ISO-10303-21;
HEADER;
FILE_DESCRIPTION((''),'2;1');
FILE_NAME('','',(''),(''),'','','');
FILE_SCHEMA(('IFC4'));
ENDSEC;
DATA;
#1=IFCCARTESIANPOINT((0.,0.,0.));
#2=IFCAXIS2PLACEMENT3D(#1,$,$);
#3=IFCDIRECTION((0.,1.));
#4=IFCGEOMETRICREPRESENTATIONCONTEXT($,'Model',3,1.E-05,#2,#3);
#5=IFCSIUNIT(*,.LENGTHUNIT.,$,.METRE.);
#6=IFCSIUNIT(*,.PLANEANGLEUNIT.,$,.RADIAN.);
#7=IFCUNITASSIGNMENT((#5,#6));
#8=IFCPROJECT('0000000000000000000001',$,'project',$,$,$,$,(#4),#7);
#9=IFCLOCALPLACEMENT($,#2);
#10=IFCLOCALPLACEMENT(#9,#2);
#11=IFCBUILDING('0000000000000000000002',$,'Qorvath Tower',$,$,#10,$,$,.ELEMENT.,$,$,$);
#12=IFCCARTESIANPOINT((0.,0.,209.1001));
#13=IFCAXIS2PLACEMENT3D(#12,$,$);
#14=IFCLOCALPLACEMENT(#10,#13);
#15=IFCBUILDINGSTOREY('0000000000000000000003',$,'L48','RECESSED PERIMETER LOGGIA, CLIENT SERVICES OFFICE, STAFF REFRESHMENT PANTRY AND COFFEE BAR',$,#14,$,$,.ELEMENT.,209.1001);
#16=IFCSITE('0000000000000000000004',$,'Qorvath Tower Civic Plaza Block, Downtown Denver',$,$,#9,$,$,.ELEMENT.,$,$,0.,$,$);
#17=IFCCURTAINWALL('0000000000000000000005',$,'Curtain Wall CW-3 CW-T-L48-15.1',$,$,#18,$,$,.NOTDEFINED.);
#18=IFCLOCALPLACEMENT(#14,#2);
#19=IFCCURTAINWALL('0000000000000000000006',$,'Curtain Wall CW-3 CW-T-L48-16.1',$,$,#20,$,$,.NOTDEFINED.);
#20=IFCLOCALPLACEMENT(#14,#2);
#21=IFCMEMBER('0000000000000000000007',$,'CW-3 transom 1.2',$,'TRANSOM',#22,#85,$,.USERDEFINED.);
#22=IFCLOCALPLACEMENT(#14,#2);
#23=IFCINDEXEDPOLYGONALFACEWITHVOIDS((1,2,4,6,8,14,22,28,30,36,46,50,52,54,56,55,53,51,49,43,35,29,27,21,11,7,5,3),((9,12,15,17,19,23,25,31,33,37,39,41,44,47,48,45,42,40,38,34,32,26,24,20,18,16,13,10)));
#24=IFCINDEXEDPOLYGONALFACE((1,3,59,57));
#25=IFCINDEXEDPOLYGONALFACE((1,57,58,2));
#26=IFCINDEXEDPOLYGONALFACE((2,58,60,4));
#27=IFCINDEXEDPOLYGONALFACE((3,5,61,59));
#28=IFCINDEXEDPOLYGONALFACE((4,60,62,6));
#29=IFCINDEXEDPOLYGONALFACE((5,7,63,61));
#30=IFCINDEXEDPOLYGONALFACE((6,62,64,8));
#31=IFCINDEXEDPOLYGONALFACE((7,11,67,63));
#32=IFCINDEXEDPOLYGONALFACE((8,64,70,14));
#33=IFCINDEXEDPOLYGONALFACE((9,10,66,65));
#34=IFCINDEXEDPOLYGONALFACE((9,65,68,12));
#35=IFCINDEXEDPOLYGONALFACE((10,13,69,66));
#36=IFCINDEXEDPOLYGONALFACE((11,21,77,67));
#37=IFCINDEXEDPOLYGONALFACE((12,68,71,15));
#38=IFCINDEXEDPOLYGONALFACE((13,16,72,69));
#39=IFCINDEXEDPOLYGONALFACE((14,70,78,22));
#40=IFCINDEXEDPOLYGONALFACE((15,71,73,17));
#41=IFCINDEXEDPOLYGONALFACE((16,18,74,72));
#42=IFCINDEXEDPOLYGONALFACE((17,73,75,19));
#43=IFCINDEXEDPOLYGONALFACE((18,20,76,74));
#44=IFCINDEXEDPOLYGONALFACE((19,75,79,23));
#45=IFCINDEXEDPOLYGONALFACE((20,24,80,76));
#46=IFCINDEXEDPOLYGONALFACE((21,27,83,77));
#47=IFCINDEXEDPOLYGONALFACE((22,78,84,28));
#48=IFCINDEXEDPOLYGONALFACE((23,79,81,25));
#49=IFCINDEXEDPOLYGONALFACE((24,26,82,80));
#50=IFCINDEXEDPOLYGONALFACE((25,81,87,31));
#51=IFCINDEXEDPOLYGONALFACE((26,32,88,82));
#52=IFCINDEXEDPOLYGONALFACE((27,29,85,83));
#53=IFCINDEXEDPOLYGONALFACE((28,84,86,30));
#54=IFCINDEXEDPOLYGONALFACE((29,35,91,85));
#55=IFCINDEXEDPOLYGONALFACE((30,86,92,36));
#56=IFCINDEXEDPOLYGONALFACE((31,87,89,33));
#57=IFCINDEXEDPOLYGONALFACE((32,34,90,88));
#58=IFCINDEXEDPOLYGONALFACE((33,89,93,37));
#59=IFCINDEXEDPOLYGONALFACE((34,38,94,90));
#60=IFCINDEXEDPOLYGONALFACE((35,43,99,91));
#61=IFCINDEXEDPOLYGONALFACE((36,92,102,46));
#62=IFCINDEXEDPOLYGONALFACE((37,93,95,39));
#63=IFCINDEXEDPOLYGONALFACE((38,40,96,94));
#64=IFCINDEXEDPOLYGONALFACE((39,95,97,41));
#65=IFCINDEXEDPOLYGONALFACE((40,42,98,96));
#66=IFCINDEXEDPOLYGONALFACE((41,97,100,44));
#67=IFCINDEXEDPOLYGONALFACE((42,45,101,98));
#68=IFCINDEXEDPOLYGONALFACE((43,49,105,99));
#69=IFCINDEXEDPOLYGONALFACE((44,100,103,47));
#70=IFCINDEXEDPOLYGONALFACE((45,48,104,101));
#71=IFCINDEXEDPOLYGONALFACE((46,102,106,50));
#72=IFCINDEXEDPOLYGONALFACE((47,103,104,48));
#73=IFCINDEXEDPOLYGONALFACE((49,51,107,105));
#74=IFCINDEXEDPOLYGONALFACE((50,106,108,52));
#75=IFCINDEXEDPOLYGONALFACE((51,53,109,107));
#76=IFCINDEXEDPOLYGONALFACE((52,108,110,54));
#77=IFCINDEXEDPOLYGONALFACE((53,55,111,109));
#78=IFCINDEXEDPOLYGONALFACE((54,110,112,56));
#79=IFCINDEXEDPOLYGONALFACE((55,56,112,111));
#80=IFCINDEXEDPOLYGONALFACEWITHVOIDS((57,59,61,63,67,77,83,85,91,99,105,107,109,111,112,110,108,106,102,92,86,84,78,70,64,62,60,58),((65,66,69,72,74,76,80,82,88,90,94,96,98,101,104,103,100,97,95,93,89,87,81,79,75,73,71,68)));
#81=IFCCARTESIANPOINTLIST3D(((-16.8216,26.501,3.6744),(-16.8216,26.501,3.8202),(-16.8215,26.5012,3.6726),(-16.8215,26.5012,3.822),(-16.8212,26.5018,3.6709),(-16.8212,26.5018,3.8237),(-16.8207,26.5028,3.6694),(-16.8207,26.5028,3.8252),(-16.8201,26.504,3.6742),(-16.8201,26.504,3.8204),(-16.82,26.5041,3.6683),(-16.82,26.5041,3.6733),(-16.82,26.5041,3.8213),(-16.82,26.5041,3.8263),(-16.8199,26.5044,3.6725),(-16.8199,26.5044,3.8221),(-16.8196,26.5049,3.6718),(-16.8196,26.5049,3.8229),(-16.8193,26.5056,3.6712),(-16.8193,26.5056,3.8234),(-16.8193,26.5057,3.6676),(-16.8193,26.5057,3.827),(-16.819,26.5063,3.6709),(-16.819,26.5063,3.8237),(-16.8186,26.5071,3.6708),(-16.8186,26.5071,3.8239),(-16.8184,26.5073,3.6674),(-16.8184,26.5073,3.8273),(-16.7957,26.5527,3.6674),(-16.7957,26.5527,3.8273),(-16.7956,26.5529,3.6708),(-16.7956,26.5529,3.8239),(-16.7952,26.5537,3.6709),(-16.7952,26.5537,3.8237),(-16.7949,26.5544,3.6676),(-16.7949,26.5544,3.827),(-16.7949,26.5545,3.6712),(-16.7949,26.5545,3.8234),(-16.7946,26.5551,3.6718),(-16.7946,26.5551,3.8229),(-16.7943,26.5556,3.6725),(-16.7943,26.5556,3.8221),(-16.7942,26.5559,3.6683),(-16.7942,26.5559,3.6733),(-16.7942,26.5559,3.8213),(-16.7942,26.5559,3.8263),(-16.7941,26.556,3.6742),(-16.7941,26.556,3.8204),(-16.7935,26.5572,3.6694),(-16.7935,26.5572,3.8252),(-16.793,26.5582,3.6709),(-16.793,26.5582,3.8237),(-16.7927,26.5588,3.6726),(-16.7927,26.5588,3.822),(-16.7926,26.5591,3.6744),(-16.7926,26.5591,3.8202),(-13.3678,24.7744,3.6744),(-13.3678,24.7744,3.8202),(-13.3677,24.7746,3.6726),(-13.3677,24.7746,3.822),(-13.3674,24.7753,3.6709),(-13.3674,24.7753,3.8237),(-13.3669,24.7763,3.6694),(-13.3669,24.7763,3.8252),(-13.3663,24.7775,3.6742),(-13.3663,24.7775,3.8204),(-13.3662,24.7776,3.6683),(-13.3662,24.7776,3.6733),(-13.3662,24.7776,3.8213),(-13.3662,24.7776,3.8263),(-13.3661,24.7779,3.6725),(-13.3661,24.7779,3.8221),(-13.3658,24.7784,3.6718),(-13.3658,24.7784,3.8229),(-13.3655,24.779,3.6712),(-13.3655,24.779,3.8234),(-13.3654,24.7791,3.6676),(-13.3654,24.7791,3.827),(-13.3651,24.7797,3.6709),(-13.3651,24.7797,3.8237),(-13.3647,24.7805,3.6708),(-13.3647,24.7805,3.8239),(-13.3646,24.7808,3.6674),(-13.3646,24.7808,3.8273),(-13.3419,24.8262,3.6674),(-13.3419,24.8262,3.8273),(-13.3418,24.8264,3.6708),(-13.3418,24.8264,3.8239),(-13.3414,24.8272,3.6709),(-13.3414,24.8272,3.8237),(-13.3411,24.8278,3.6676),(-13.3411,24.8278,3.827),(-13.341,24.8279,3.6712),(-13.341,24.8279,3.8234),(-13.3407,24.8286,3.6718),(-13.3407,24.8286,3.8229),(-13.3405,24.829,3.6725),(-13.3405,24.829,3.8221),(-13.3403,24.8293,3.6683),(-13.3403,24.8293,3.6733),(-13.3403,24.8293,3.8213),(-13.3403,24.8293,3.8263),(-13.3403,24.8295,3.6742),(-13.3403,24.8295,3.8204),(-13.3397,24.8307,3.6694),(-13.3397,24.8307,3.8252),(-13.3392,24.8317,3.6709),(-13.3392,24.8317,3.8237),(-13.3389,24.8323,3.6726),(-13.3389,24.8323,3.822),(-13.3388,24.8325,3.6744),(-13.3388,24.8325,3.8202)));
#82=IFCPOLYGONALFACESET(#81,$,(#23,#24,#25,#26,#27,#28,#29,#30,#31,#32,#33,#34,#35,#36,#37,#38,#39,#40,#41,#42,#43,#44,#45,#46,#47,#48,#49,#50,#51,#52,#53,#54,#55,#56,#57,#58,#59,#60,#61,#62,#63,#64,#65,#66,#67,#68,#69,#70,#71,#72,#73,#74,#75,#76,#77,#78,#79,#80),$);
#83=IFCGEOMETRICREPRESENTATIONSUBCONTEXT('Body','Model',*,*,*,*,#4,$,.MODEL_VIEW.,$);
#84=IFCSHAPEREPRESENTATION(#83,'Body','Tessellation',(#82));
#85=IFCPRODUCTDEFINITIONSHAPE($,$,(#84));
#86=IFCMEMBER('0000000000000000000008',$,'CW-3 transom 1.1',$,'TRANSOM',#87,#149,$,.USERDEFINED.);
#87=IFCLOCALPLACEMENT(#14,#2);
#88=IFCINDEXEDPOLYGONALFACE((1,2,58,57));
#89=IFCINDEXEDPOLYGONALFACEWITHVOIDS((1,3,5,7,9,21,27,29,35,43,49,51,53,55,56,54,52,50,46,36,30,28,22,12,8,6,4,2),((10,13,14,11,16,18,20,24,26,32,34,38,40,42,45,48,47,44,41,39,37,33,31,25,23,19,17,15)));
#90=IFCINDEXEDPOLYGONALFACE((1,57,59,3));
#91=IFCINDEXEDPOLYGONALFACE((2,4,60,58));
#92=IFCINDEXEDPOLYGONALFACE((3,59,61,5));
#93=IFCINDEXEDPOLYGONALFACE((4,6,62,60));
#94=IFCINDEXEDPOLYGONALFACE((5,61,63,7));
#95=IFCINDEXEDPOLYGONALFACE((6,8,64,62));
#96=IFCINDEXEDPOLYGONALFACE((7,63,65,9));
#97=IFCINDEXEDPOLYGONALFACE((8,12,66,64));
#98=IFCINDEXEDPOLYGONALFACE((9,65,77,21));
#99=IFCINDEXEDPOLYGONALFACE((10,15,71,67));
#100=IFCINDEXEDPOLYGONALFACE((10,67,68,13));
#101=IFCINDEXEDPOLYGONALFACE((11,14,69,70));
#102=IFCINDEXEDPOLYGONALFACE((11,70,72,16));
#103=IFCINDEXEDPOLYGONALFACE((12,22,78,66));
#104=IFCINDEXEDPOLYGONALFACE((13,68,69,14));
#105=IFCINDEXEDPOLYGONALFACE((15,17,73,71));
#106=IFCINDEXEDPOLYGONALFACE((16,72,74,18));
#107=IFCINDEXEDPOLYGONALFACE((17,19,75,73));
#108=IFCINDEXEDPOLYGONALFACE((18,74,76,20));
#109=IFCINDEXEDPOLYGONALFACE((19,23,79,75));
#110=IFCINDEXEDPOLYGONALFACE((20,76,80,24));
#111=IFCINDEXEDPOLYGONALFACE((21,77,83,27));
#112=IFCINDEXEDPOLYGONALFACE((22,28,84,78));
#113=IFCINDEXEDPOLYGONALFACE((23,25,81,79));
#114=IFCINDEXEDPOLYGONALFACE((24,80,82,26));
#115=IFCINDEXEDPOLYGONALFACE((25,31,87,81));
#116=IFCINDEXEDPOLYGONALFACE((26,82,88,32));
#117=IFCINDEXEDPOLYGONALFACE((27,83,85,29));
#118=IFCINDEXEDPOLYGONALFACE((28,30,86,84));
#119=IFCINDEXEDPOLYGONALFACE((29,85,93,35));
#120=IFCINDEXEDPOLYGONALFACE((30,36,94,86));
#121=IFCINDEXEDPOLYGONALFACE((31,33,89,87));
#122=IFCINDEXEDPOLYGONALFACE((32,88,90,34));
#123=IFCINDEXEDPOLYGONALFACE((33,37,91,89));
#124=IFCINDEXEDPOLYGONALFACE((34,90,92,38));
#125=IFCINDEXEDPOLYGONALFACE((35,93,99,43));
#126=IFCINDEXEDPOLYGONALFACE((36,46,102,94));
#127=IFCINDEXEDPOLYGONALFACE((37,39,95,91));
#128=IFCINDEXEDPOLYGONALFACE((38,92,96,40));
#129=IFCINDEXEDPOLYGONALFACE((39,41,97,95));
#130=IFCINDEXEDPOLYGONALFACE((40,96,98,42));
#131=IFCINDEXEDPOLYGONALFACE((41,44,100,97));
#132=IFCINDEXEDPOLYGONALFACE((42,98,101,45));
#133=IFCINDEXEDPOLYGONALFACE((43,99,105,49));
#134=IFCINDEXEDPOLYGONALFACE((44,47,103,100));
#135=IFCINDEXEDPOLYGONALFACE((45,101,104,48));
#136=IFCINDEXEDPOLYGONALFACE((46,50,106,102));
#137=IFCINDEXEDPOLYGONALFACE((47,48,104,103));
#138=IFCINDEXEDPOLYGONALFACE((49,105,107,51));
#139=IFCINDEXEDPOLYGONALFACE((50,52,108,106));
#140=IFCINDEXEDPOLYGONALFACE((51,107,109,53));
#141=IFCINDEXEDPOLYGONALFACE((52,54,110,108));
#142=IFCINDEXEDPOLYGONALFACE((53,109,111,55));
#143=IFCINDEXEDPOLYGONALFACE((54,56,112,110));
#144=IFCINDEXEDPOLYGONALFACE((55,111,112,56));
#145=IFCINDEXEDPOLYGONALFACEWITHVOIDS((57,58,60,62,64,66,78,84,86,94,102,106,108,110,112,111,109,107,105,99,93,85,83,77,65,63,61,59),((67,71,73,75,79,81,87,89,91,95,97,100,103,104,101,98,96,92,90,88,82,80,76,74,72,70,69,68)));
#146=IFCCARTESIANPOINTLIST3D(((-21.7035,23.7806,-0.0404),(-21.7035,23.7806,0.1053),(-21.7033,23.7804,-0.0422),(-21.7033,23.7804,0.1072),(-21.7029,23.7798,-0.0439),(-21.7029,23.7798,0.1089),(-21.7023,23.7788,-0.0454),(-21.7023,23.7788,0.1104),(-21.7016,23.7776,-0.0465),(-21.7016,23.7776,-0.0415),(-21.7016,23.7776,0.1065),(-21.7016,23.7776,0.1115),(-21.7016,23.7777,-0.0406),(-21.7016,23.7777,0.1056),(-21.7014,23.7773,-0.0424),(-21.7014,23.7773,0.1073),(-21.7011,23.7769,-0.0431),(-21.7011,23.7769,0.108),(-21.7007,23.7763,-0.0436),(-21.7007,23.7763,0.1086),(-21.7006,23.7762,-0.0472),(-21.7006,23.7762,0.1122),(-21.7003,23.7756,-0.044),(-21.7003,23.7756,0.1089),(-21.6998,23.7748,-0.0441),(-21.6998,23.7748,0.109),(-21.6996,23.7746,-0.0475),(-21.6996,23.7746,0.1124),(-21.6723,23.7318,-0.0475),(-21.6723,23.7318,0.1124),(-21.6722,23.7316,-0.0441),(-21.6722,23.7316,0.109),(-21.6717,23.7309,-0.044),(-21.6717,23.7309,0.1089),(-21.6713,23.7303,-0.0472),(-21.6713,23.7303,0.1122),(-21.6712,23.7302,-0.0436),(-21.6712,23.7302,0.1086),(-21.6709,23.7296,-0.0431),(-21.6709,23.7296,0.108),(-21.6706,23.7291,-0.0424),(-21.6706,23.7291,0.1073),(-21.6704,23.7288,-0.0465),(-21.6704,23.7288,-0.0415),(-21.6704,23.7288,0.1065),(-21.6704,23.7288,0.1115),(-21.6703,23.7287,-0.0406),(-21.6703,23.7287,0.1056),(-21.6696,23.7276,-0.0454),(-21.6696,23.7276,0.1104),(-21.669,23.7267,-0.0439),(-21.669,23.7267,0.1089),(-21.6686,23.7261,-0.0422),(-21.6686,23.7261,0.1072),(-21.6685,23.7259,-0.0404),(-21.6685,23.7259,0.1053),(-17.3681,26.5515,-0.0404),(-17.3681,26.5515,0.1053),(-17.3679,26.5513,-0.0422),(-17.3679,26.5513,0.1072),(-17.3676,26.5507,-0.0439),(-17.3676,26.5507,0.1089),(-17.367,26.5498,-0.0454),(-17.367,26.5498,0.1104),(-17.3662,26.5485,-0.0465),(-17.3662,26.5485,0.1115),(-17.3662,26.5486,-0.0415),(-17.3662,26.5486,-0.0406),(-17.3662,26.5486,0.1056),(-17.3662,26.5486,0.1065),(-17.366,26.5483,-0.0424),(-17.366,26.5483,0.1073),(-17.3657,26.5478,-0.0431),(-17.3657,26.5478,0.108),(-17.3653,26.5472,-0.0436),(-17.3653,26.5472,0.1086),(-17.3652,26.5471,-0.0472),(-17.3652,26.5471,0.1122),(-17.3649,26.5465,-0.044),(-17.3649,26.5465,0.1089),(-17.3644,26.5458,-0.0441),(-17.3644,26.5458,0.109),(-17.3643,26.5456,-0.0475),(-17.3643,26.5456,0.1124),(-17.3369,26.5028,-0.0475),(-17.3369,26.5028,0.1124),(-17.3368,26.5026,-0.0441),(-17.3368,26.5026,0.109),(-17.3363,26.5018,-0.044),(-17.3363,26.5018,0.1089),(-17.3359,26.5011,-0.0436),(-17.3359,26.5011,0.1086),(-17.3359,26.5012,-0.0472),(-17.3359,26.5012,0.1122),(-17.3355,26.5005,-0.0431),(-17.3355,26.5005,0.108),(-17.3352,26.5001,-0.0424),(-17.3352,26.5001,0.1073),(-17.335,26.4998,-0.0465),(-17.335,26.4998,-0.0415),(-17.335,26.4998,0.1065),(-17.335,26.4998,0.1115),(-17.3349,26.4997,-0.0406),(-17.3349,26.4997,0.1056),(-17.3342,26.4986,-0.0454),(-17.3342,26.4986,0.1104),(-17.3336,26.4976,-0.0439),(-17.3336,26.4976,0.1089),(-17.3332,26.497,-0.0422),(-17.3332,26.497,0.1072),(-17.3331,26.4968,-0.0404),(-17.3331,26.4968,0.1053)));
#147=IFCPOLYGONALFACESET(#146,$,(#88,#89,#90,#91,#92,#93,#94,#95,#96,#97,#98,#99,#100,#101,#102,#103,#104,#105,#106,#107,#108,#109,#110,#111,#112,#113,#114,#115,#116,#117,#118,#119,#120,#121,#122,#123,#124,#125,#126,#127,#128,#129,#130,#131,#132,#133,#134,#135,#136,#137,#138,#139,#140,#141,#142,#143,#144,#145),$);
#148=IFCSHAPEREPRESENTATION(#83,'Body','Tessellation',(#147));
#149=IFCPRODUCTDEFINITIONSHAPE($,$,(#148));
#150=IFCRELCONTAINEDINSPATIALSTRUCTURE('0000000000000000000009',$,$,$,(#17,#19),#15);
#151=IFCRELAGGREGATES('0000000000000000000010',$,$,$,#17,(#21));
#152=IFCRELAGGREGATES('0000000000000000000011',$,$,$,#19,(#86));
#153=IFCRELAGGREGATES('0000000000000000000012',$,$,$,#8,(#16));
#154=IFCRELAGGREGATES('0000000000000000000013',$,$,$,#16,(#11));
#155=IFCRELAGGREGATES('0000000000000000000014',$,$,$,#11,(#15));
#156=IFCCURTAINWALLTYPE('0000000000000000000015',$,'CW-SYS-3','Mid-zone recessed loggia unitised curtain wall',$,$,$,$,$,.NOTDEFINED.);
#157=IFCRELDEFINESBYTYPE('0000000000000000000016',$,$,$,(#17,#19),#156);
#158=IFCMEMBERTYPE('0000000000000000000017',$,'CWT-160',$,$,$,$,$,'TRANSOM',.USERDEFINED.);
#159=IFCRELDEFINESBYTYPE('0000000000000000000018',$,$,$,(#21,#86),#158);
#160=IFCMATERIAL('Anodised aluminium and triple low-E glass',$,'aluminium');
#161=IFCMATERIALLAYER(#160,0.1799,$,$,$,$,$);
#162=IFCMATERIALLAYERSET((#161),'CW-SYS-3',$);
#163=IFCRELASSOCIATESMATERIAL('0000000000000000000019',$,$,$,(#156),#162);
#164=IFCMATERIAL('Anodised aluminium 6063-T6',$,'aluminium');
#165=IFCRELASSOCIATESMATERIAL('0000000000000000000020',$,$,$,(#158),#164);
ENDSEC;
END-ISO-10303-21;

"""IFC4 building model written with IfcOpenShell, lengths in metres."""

from ifc_helpers import new_model, si_unit, direction, frame, origin, origin_2d, place, context, subcontext, project, spatial, hollow_rectangle, extrude, material, layer, layer_set, material_profile, profile_set, type_object, element, aggregate, save


model = new_model("IFC4")

# Units and contexts
model_context = context("Model", 3, precision=1e-05, world=origin(), true_north=direction((0.0, 1.0)))
body_context = subcontext(model_context, "Body", "Model", "MODEL_VIEW")
ifc_project = project(units=[si_unit("LENGTHUNIT", "METRE"), si_unit("PLANEANGLEUNIT", "RADIAN")], contexts=[model_context])

# Site, building, storey
site_placement = place(None, origin())
site = spatial("IfcSite", under=ifc_project, at=site_placement, Name="Qorvath Tower Civic Plaza Block, Downtown Denver", CompositionType="ELEMENT", RefElevation=0.0)
building_placement = place(site_placement, origin())
building = spatial("IfcBuilding", under=site, at=building_placement, Name="Qorvath Tower", CompositionType="ELEMENT")
storey_placement = place(building_placement, frame((0.0, 0.0, 209.1001)))
storey = spatial("IfcBuildingStorey", under=building, at=storey_placement, Name="L48", Description="RECESSED PERIMETER LOGGIA, CLIENT SERVICES OFFICE, STAFF REFRESHMENT PANTRY AND COFFEE BAR", CompositionType="ELEMENT", Elevation=209.1001)

# Shared definitions
ifc_material_1 = material(Name="Anodised aluminium and triple low-E glass", Category="aluminium")
ifc_layer_1 = layer(ifc_material_1, 0.1799)
ifc_layer_set_1 = layer_set([ifc_layer_1], Name="CW-SYS-3")
curtain_wall_type = type_object("IfcCurtainWallType", Name="CW-SYS-3", Description="Mid-zone recessed loggia unitised curtain wall", PredefinedType="NOTDEFINED", material=ifc_layer_set_1)

# Curtain wall
curtain_wall_1_placement = place(storey_placement, origin())
curtain_wall_1 = element("IfcCurtainWall", 1, at=curtain_wall_1_placement, inside=storey, type_object=curtain_wall_type, Name="Curtain Wall CW-3 CW-T-L48-15.1", PredefinedType="NOTDEFINED")

# Curtain wall
curtain_wall_2_placement = place(storey_placement, origin())
curtain_wall_2 = element("IfcCurtainWall", 2, at=curtain_wall_2_placement, inside=storey, type_object=curtain_wall_type, Name="Curtain Wall CW-3 CW-T-L48-16.1", PredefinedType="NOTDEFINED")

# Members
ifc_material_2 = material(Name="Anodised aluminium 6063-T6", Category="aluminium")
ifc_material_profile_1 = material_profile(ifc_material_2, hollow_rectangle(XDim=0.0649, YDim=0.1599, WallThickness=0.0034, InnerFilletRadius=0.0034, OuterFilletRadius=0.0071, at=origin_2d()), Name="CWT 160x65")
ifc_profile_set_1 = profile_set([ifc_material_profile_1], Name="Anodised aluminium 6063-T6")
member_type_1 = type_object("IfcMemberType", Name="CWT-160", ElementType="TRANSOM", PredefinedType="USERDEFINED", material=ifc_profile_set_1)
member_1_placement = place(storey_placement, frame((-13.3533, 24.8035, 3.7473), z_axis=(-0.894465, 0.447138, 0.0), x_axis=(-0.447138, -0.894465, 0.0)))
member_1 = element("IfcMember", 3, at=member_1_placement, type_object=member_type_1, Name="CW-3 transom 1.2", ObjectType="TRANSOM", PredefinedType="USERDEFINED", context=body_context, shape_type="SweptSolid", body=[
    extrude(hollow_rectangle(XDim=0.0649, YDim=0.1599, WallThickness=0.0034, InnerFilletRadius=0.0034, OuterFilletRadius=0.0071, at=origin_2d()), origin(), (0.0, 0.0, 1.0), 3.8613),
])
member_2_placement = place(storey_placement, frame((-17.3506, 26.5242, 0.0325), z_axis=(-0.842597, -0.538545, 0.0), x_axis=(0.538545, -0.842597, 0.0)))
member_2 = element("IfcMember", 4, at=member_2_placement, type_object=member_type_1, Name="CW-3 transom 1.1", ObjectType="TRANSOM", PredefinedType="USERDEFINED", context=body_context, shape_type="SweptSolid", body=[
    extrude(hollow_rectangle(XDim=0.0649, YDim=0.1599, WallThickness=0.0034, InnerFilletRadius=0.0034, OuterFilletRadius=0.0071, at=origin_2d()), origin(), (0.0, 0.0, 1.0), 5.1453),
])

aggregate(curtain_wall_1, [member_1])
aggregate(curtain_wall_2, [member_2])

save(model, "model.ifc")
